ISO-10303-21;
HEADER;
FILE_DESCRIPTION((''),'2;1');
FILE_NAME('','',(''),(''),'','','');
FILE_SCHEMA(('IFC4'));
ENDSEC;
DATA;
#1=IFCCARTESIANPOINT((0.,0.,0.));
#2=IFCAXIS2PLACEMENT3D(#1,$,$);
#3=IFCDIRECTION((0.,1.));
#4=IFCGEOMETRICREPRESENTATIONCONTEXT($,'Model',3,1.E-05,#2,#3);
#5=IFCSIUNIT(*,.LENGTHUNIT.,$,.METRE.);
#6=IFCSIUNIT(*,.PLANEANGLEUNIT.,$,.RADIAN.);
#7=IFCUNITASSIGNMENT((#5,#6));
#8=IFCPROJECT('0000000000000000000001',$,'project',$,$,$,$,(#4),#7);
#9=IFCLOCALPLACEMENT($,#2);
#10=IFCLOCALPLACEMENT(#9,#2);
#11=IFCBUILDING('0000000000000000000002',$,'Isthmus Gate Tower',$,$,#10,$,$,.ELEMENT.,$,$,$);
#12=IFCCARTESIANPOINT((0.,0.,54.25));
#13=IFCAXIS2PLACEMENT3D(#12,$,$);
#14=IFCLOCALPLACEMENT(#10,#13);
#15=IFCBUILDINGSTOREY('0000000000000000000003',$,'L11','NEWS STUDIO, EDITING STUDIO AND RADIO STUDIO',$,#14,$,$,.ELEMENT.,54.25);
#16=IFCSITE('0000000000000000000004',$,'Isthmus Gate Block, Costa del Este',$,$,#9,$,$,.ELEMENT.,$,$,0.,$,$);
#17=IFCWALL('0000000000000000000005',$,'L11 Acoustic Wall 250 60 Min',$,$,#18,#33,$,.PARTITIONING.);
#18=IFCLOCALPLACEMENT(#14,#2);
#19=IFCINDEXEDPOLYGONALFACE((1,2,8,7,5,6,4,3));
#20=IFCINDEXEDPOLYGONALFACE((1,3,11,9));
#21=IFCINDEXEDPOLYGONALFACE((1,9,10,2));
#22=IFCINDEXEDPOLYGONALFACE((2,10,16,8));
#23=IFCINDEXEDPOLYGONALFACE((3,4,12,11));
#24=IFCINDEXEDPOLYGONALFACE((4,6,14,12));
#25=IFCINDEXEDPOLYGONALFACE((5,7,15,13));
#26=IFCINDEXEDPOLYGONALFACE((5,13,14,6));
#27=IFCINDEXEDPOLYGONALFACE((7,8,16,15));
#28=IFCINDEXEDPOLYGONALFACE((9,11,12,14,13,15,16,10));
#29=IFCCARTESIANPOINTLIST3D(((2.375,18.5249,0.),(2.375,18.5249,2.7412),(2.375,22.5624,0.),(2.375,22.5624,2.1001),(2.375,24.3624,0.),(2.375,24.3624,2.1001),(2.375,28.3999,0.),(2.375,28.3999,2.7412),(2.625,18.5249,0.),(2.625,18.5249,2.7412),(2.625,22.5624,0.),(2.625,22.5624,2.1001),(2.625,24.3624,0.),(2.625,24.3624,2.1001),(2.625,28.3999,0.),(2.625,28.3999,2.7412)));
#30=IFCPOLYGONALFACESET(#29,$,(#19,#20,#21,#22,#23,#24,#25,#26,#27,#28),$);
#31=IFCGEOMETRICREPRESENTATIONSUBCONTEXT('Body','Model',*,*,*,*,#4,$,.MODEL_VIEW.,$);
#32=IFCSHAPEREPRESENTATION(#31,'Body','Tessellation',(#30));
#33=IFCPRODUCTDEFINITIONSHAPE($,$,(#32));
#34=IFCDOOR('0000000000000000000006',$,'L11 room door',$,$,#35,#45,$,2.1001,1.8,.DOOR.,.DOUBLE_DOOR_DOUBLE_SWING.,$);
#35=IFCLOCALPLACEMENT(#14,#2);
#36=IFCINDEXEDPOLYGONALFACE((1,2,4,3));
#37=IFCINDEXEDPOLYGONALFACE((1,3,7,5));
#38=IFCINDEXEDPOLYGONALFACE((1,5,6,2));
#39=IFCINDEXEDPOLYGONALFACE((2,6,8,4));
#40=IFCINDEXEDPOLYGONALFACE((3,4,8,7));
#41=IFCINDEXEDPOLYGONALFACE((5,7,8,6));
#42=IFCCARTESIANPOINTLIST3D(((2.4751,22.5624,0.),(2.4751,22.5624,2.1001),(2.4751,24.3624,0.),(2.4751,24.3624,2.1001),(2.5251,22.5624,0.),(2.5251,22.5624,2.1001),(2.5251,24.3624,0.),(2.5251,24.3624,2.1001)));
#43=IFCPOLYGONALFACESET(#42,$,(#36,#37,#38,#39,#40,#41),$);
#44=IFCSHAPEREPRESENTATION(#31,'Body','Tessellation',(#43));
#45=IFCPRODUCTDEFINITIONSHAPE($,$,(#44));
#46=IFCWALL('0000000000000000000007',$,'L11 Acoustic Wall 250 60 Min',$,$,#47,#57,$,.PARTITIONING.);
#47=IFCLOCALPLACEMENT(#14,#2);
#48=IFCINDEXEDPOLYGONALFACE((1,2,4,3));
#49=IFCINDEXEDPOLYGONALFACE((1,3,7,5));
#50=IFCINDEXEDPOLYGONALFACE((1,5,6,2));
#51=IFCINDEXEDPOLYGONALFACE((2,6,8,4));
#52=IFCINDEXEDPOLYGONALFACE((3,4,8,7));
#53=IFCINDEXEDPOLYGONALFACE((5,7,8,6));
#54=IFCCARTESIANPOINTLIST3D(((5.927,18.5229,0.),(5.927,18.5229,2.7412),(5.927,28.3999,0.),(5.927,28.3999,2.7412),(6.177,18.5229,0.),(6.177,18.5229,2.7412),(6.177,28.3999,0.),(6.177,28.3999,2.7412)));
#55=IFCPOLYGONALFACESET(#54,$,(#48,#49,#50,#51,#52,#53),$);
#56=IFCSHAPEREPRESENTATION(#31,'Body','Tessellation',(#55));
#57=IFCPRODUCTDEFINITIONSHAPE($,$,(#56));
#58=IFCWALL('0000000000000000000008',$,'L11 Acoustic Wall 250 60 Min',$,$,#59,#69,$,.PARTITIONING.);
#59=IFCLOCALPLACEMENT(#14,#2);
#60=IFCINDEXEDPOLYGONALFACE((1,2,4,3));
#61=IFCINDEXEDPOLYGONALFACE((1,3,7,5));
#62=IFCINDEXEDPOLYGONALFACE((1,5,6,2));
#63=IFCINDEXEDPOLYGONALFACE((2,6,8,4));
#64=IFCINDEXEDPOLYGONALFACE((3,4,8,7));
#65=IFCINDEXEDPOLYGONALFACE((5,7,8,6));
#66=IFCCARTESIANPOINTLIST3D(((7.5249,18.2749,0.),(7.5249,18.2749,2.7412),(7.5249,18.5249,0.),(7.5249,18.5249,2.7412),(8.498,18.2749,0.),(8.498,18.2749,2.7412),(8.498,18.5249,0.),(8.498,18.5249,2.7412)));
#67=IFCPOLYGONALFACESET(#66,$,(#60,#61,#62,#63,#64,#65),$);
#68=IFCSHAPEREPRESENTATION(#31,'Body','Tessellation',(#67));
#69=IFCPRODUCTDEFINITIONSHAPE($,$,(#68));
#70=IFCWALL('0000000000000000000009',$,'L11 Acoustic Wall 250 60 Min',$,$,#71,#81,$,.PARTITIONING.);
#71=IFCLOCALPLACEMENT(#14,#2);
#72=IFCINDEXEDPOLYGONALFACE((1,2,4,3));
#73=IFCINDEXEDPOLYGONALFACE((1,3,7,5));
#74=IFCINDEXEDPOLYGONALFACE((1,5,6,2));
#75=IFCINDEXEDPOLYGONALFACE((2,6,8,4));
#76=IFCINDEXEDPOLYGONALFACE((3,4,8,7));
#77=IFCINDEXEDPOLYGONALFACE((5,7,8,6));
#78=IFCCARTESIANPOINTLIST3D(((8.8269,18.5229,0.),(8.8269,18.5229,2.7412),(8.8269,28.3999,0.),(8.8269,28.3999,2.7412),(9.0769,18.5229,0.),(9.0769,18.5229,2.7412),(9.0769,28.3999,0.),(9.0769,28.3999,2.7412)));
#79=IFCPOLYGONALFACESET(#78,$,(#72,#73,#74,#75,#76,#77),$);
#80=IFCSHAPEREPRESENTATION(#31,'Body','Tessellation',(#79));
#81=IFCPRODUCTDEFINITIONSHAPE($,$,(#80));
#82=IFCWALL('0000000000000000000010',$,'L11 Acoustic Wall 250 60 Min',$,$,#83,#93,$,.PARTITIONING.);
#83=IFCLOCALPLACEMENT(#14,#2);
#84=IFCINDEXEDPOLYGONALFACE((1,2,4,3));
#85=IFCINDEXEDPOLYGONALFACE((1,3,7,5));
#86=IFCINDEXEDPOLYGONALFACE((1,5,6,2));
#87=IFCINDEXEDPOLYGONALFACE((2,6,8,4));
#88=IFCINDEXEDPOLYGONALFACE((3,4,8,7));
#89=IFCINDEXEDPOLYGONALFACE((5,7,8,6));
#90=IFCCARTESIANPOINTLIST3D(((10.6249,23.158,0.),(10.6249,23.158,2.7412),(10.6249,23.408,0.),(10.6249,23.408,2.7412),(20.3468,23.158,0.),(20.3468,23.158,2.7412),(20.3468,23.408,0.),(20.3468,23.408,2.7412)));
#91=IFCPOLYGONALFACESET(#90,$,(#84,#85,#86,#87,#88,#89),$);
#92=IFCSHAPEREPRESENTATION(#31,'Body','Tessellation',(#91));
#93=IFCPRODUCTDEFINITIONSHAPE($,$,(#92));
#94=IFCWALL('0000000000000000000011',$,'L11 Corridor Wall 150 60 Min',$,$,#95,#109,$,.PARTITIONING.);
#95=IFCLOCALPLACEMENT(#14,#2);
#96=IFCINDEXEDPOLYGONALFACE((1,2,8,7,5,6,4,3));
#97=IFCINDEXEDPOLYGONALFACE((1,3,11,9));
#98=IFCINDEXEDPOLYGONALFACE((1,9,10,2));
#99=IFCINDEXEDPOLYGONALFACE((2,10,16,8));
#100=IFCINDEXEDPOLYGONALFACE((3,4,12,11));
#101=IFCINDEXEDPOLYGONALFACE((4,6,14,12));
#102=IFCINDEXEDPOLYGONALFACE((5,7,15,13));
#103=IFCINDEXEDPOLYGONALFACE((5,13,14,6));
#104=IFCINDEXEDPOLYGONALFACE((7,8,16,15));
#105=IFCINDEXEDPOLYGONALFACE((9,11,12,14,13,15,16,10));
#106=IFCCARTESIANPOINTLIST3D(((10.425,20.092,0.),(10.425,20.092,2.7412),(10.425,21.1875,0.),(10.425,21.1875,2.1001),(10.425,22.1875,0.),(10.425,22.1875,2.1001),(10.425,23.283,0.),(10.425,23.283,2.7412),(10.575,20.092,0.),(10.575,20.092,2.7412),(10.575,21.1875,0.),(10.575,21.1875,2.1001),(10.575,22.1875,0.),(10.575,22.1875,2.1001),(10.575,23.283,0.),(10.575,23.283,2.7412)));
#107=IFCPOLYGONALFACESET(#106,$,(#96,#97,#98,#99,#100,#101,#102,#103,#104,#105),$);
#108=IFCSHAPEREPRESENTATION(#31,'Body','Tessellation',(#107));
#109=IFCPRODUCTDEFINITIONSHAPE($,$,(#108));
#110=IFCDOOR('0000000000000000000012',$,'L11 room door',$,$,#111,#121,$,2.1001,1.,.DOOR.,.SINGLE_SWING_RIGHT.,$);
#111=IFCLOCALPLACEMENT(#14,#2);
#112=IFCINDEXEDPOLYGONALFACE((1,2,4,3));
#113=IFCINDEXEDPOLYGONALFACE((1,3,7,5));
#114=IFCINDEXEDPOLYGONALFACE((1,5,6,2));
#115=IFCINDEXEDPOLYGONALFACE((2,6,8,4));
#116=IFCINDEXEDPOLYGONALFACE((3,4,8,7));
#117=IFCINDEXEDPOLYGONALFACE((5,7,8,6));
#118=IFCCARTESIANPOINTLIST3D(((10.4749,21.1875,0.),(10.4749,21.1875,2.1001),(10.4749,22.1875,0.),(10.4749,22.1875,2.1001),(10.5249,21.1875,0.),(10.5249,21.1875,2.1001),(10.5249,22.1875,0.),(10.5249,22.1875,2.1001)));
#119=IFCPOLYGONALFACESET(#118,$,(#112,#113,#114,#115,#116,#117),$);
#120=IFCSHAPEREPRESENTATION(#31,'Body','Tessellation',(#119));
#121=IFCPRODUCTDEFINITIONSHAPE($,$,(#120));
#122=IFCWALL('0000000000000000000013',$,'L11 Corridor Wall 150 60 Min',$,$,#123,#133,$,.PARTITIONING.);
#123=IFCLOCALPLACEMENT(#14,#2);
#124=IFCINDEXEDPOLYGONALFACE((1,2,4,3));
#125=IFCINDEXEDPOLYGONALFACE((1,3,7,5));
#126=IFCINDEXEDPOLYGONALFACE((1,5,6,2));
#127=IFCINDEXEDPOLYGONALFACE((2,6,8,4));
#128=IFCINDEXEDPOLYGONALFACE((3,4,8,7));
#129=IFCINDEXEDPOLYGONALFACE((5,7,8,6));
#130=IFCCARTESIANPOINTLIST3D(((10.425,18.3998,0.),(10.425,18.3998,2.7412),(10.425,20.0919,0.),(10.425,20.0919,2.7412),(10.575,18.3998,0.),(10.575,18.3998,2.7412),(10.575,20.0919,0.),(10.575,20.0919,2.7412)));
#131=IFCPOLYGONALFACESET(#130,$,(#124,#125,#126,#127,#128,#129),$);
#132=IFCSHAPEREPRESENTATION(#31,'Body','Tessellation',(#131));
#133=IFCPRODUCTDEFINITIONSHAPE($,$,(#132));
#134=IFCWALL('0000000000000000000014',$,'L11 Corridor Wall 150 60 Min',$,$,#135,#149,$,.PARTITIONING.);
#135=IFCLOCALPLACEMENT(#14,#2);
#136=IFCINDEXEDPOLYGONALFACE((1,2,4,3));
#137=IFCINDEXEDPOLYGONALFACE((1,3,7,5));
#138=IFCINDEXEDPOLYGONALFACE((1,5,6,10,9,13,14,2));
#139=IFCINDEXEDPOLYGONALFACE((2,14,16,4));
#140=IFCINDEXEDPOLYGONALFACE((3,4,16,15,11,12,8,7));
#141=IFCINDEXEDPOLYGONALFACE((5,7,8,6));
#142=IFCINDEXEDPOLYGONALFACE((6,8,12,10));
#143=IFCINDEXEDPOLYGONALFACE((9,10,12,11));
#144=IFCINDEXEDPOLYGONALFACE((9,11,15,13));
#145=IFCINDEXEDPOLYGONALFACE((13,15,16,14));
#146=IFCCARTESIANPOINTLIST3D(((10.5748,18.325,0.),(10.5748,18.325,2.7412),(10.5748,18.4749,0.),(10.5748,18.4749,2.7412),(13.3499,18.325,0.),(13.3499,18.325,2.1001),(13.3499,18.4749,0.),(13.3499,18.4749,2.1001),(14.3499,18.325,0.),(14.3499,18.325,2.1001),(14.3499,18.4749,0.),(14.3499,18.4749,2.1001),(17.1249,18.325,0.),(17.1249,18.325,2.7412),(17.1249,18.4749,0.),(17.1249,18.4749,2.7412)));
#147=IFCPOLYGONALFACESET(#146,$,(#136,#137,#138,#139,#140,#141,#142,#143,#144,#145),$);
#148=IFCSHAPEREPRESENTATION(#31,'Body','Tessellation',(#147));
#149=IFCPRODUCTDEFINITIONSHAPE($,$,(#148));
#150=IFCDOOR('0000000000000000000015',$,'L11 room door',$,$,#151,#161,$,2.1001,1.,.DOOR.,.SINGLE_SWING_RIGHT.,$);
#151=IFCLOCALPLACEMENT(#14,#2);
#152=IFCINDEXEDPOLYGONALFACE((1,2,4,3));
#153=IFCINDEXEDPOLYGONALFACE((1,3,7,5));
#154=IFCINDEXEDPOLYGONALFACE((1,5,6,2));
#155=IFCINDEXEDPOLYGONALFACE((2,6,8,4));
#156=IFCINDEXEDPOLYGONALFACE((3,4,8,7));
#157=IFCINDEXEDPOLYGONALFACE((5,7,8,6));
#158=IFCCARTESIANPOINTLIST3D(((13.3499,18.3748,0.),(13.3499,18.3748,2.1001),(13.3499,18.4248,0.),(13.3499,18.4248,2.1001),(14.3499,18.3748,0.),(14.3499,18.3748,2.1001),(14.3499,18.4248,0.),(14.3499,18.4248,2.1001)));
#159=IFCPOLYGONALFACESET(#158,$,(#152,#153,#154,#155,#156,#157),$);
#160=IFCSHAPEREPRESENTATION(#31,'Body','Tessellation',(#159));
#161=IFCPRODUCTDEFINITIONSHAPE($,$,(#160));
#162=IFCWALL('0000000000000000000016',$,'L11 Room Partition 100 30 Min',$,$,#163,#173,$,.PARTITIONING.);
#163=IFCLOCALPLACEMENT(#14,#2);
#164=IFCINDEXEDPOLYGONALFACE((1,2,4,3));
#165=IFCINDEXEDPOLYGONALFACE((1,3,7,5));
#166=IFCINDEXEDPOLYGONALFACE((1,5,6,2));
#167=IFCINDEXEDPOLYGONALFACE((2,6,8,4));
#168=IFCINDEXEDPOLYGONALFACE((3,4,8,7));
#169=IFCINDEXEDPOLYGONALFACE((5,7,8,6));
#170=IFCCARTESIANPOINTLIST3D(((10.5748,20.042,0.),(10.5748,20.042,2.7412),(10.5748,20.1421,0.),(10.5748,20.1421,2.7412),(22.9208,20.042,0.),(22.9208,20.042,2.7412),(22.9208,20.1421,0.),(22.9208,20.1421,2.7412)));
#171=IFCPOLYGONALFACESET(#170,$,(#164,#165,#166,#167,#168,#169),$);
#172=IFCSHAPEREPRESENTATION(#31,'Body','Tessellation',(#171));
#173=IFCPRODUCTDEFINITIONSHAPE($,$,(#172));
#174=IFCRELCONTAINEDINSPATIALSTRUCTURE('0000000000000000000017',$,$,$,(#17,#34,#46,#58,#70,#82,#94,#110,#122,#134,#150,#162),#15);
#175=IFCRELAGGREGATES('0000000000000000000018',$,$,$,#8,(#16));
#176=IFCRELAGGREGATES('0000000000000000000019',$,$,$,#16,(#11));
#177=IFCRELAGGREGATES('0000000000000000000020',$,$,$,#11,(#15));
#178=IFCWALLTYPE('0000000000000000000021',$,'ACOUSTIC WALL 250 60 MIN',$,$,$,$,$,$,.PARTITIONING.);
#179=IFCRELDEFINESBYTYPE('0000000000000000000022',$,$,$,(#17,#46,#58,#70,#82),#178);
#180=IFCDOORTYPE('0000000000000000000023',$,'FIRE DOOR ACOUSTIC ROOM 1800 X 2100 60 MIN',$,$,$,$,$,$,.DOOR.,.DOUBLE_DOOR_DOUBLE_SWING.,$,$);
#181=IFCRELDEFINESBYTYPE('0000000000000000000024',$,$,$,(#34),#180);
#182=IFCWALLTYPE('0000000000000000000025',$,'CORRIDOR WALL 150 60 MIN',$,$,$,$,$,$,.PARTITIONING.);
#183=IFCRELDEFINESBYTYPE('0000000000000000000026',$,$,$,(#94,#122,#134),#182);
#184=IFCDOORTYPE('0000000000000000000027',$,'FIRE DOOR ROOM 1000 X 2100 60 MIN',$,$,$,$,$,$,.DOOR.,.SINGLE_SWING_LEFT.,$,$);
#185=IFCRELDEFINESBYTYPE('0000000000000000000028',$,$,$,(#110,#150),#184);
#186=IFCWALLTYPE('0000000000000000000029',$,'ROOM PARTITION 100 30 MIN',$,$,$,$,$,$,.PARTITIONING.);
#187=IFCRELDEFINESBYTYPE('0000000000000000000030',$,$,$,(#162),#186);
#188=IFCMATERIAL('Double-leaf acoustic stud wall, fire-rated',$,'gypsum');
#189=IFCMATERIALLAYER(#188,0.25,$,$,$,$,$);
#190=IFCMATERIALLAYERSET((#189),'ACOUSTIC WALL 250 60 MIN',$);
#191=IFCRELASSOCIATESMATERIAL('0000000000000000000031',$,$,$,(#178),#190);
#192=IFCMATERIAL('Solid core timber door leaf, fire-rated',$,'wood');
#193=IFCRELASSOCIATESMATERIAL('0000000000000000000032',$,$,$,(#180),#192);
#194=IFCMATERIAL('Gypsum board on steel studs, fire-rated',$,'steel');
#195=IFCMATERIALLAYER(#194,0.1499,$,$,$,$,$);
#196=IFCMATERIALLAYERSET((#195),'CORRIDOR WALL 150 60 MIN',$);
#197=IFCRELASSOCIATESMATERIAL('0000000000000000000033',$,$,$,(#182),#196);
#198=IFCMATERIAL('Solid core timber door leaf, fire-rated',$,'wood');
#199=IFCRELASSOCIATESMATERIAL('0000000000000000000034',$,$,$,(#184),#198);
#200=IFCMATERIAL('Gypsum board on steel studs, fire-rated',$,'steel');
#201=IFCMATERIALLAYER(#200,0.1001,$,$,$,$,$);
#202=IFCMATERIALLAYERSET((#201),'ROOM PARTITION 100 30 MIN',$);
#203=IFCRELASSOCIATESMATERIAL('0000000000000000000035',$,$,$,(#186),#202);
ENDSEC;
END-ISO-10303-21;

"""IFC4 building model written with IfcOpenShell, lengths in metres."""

from ifc_helpers import new_model, si_unit, direction, frame, frame_2d, origin, place, context, subcontext, project, spatial, rectangle, extrude, material, layer, layer_set, type_object, element, fill, save


model = new_model("IFC4")

# Units and contexts
model_context = context("Model", 3, precision=1e-05, world=origin(), true_north=direction((0.0, 1.0)))
body_context = subcontext(model_context, "Body", "Model", "MODEL_VIEW")
ifc_project = project(units=[si_unit("LENGTHUNIT", "METRE"), si_unit("PLANEANGLEUNIT", "RADIAN")], contexts=[model_context])

# Site, building, storey
site_placement = place(None, origin())
site = spatial("IfcSite", under=ifc_project, at=site_placement, Name="Isthmus Gate Block, Costa del Este", CompositionType="ELEMENT", RefElevation=0.0)
building_placement = place(site_placement, origin())
building = spatial("IfcBuilding", under=site, at=building_placement, Name="Isthmus Gate Tower", CompositionType="ELEMENT")
storey_placement = place(building_placement, frame((0.0, 0.0, 54.25)))
storey = spatial("IfcBuildingStorey", under=building, at=storey_placement, Name="L11", Description="NEWS STUDIO, EDITING STUDIO AND RADIO STUDIO", CompositionType="ELEMENT", Elevation=54.25)

# Wall, opening, door
ifc_material_1 = material(Name="Double-leaf acoustic stud wall, fire-rated", Category="gypsum")
ifc_layer_1 = layer(ifc_material_1, 0.25)
ifc_layer_set_1 = layer_set([ifc_layer_1], Name="ACOUSTIC WALL 250 60 MIN")
wall_type_1 = type_object("IfcWallType", Name="ACOUSTIC WALL 250 60 MIN", PredefinedType="PARTITIONING", material=ifc_layer_set_1)
wall_1_placement = place(storey_placement, frame((2.5, 18.5249, 0.0), z_axis=(0.0, 0.0, 1.0), x_axis=(0.0, 1.0, 0.0)))
wall_1 = element("IfcWall", 1, at=wall_1_placement, inside=storey, type_object=wall_type_1, Name="L11 Acoustic Wall 250 60 Min", PredefinedType="PARTITIONING", context=body_context, shape_type="SweptSolid", body=[
    extrude(rectangle(XDim=9.875, YDim=0.25, at=frame_2d((4.9375, 0.0))), origin(), (0.0, 0.0, 1.0), 2.7412),
])
opening_1_placement = place(wall_1_placement, frame((4.0376, 0.0, 0.0)))
opening_1 = element("IfcOpeningElement", 2, at=opening_1_placement, cuts=wall_1, PredefinedType="OPENING", context=body_context, shape_type="SweptSolid", body=[
    extrude(rectangle(XDim=1.8, YDim=2.1001, at=frame_2d((0.8999, 1.05))), frame((0.0, 0.135, 0.0), z_axis=(0.0, -1.0, 0.0), x_axis=(1.0, 0.0, 0.0)), (0.0, 0.0, 1.0), 0.27),
])
ifc_material_2 = material(Name="Solid core timber door leaf, fire-rated", Category="wood")
door_type_1 = type_object("IfcDoorType", Name="FIRE DOOR ACOUSTIC ROOM 1800 X 2100 60 MIN", OperationType="DOUBLE_DOOR_DOUBLE_SWING", PredefinedType="DOOR", material=ifc_material_2)
door_1_placement = place(opening_1_placement, origin())
door_1 = element("IfcDoor", 3, at=door_1_placement, inside=storey, type_object=door_type_1, Name="L11 room door", OperationType="DOUBLE_DOOR_DOUBLE_SWING", OverallHeight=2.1001, OverallWidth=1.8, PredefinedType="DOOR", context=body_context, shape_type="SweptSolid", body=[
    extrude(rectangle(XDim=1.8, YDim=2.1001, at=frame_2d((0.8999, 1.05))), frame((0.0, 0.0249, 0.0), z_axis=(0.0, -1.0, 0.0), x_axis=(1.0, 0.0, 0.0)), (0.0, 0.0, 1.0), 0.05),
])
fill(opening_1, door_1)

# Walls
wall_2_placement = place(storey_placement, frame((6.052, 18.5229, 0.0), z_axis=(0.0, 0.0, 1.0), x_axis=(0.0, 1.0, 0.0)))
element("IfcWall", 4, at=wall_2_placement, inside=storey, type_object=wall_type_1, Name="L11 Acoustic Wall 250 60 Min", PredefinedType="PARTITIONING", context=body_context, shape_type="SweptSolid", body=[
    extrude(rectangle(XDim=9.877, YDim=0.25, at=frame_2d((4.9385, 0.0))), origin(), (0.0, 0.0, 1.0), 2.7412),
])
wall_3_placement = place(storey_placement, frame((7.5249, 18.3999, 0.0), z_axis=(0.0, 0.0, 1.0), x_axis=(1.0, 0.0, 0.0)))
element("IfcWall", 5, at=wall_3_placement, inside=storey, type_object=wall_type_1, Name="L11 Acoustic Wall 250 60 Min", PredefinedType="PARTITIONING", context=body_context, shape_type="SweptSolid", body=[
    extrude(rectangle(XDim=0.9731, YDim=0.25, at=frame_2d((0.4866, 0.0))), origin(), (0.0, 0.0, 1.0), 2.7412),
])
wall_4_placement = place(storey_placement, frame((8.9519, 18.5229, 0.0), z_axis=(0.0, 0.0, 1.0), x_axis=(0.0, 1.0, 0.0)))
element("IfcWall", 6, at=wall_4_placement, inside=storey, type_object=wall_type_1, Name="L11 Acoustic Wall 250 60 Min", PredefinedType="PARTITIONING", context=body_context, shape_type="SweptSolid", body=[
    extrude(rectangle(XDim=9.877, YDim=0.25, at=frame_2d((4.9385, 0.0))), origin(), (0.0, 0.0, 1.0), 2.7412),
])
wall_5_placement = place(storey_placement, frame((10.625, 23.283, 0.0), z_axis=(0.0, 0.0, 1.0), x_axis=(1.0, 0.0, 0.0)))
element("IfcWall", 7, at=wall_5_placement, inside=storey, type_object=wall_type_1, Name="L11 Acoustic Wall 250 60 Min", PredefinedType="PARTITIONING", context=body_context, shape_type="SweptSolid", body=[
    extrude(rectangle(XDim=9.7219, YDim=0.25, at=frame_2d((4.8608, 0.0))), origin(), (0.0, 0.0, 1.0), 2.7412),
])

# Wall, opening, door
ifc_material_3 = material(Name="Gypsum board on steel studs, fire-rated", Category="steel")
ifc_layer_2 = layer(ifc_material_3, 0.1499)
ifc_layer_set_2 = layer_set([ifc_layer_2], Name="CORRIDOR WALL 150 60 MIN")
wall_type_2 = type_object("IfcWallType", Name="CORRIDOR WALL 150 60 MIN", PredefinedType="PARTITIONING", material=ifc_layer_set_2)
wall_6_placement = place(storey_placement, frame((10.5, 23.283, 0.0), z_axis=(0.0, 0.0, 1.0), x_axis=(0.0, -1.0, 0.0)))
wall_6 = element("IfcWall", 8, at=wall_6_placement, inside=storey, type_object=wall_type_2, Name="L11 Corridor Wall 150 60 Min", PredefinedType="PARTITIONING", context=body_context, shape_type="SweptSolid", body=[
    extrude(rectangle(XDim=3.1909, YDim=0.1499, at=frame_2d((1.5955, 0.0))), origin(), (0.0, 0.0, 1.0), 2.7412),
])
opening_2_placement = place(wall_6_placement, frame((1.0955, 0.0, 0.0)))
opening_2 = element("IfcOpeningElement", 9, at=opening_2_placement, cuts=wall_6, PredefinedType="OPENING", context=body_context, shape_type="SweptSolid", body=[
    extrude(rectangle(XDim=1.0, YDim=2.1001, at=frame_2d((0.5, 1.05))), frame((0.0, 0.085, 0.0), z_axis=(0.0, -1.0, 0.0), x_axis=(1.0, 0.0, 0.0)), (0.0, 0.0, 1.0), 0.1699),
])
ifc_material_4 = material(Name="Solid core timber door leaf, fire-rated", Category="wood")
door_type_2 = type_object("IfcDoorType", Name="FIRE DOOR ROOM 1000 X 2100 60 MIN", OperationType="SINGLE_SWING_LEFT", PredefinedType="DOOR", material=ifc_material_4)
door_2_placement = place(opening_2_placement, origin())
door_2 = element("IfcDoor", 10, at=door_2_placement, inside=storey, type_object=door_type_2, Name="L11 room door", OperationType="SINGLE_SWING_RIGHT", OverallHeight=2.1001, OverallWidth=1.0, PredefinedType="DOOR", context=body_context, shape_type="SweptSolid", body=[
    extrude(rectangle(XDim=1.0, YDim=2.1001, at=frame_2d((0.5, 1.05))), frame((0.0, 0.0249, 0.0), z_axis=(0.0, -1.0, 0.0), x_axis=(1.0, 0.0, 0.0)), (0.0, 0.0, 1.0), 0.05),
])
fill(opening_2, door_2)

# Wall
wall_7_placement = place(storey_placement, frame((10.5, 20.092, 0.0), z_axis=(0.0, 0.0, 1.0), x_axis=(0.0, -1.0, 0.0)))
element("IfcWall", 11, at=wall_7_placement, inside=storey, type_object=wall_type_2, Name="L11 Corridor Wall 150 60 Min", PredefinedType="PARTITIONING", context=body_context, shape_type="SweptSolid", body=[
    extrude(rectangle(XDim=1.6921, YDim=0.1499, at=frame_2d((0.8462, 0.0))), origin(), (0.0, 0.0, 1.0), 2.7412),
])

# Wall, opening, door
wall_8_placement = place(storey_placement, frame((10.575, 18.3999, 0.0), z_axis=(0.0, 0.0, 1.0), x_axis=(1.0, 0.0, 0.0)))
wall_8 = element("IfcWall", 12, at=wall_8_placement, inside=storey, type_object=wall_type_2, Name="L11 Corridor Wall 150 60 Min", PredefinedType="PARTITIONING", context=body_context, shape_type="SweptSolid", body=[
    extrude(rectangle(XDim=6.55, YDim=0.1499, at=frame_2d((3.2749, 0.0))), origin(), (0.0, 0.0, 1.0), 2.7412),
])
opening_3_placement = place(wall_8_placement, frame((2.7749, 0.0, 0.0)))
opening_3 = element("IfcOpeningElement", 13, at=opening_3_placement, cuts=wall_8, PredefinedType="OPENING", context=body_context, shape_type="SweptSolid", body=[
    extrude(rectangle(XDim=1.0, YDim=2.1001, at=frame_2d((0.5, 1.05))), frame((0.0, 0.085, 0.0), z_axis=(0.0, -1.0, 0.0), x_axis=(1.0, 0.0, 0.0)), (0.0, 0.0, 1.0), 0.1699),
])
door_3_placement = place(opening_3_placement, origin())
door_3 = element("IfcDoor", 14, at=door_3_placement, inside=storey, type_object=door_type_2, Name="L11 room door", OperationType="SINGLE_SWING_RIGHT", OverallHeight=2.1001, OverallWidth=1.0, PredefinedType="DOOR", context=body_context, shape_type="SweptSolid", body=[
    extrude(rectangle(XDim=1.0, YDim=2.1001, at=frame_2d((0.5, 1.05))), frame((0.0, 0.0249, 0.0), z_axis=(0.0, -1.0, 0.0), x_axis=(1.0, 0.0, 0.0)), (0.0, 0.0, 1.0), 0.05),
])
fill(opening_3, door_3)

# Wall
ifc_material_5 = material(Name="Gypsum board on steel studs, fire-rated", Category="steel")
ifc_layer_3 = layer(ifc_material_5, 0.1001)
ifc_layer_set_3 = layer_set([ifc_layer_3], Name="ROOM PARTITION 100 30 MIN")
wall_type_3 = type_object("IfcWallType", Name="ROOM PARTITION 100 30 MIN", PredefinedType="PARTITIONING", material=ifc_layer_set_3)
wall_9_placement = place(storey_placement, frame((10.575, 20.092, 0.0), z_axis=(0.0, 0.0, 1.0), x_axis=(1.0, 0.0, 0.0)))
element("IfcWall", 15, at=wall_9_placement, inside=storey, type_object=wall_type_3, Name="L11 Room Partition 100 30 Min", PredefinedType="PARTITIONING", context=body_context, shape_type="SweptSolid", body=[
    extrude(rectangle(XDim=12.3459, YDim=0.1001, at=frame_2d((6.1729, 0.0))), origin(), (0.0, 0.0, 1.0), 2.7412),
])

save(model, "model.ifc")
